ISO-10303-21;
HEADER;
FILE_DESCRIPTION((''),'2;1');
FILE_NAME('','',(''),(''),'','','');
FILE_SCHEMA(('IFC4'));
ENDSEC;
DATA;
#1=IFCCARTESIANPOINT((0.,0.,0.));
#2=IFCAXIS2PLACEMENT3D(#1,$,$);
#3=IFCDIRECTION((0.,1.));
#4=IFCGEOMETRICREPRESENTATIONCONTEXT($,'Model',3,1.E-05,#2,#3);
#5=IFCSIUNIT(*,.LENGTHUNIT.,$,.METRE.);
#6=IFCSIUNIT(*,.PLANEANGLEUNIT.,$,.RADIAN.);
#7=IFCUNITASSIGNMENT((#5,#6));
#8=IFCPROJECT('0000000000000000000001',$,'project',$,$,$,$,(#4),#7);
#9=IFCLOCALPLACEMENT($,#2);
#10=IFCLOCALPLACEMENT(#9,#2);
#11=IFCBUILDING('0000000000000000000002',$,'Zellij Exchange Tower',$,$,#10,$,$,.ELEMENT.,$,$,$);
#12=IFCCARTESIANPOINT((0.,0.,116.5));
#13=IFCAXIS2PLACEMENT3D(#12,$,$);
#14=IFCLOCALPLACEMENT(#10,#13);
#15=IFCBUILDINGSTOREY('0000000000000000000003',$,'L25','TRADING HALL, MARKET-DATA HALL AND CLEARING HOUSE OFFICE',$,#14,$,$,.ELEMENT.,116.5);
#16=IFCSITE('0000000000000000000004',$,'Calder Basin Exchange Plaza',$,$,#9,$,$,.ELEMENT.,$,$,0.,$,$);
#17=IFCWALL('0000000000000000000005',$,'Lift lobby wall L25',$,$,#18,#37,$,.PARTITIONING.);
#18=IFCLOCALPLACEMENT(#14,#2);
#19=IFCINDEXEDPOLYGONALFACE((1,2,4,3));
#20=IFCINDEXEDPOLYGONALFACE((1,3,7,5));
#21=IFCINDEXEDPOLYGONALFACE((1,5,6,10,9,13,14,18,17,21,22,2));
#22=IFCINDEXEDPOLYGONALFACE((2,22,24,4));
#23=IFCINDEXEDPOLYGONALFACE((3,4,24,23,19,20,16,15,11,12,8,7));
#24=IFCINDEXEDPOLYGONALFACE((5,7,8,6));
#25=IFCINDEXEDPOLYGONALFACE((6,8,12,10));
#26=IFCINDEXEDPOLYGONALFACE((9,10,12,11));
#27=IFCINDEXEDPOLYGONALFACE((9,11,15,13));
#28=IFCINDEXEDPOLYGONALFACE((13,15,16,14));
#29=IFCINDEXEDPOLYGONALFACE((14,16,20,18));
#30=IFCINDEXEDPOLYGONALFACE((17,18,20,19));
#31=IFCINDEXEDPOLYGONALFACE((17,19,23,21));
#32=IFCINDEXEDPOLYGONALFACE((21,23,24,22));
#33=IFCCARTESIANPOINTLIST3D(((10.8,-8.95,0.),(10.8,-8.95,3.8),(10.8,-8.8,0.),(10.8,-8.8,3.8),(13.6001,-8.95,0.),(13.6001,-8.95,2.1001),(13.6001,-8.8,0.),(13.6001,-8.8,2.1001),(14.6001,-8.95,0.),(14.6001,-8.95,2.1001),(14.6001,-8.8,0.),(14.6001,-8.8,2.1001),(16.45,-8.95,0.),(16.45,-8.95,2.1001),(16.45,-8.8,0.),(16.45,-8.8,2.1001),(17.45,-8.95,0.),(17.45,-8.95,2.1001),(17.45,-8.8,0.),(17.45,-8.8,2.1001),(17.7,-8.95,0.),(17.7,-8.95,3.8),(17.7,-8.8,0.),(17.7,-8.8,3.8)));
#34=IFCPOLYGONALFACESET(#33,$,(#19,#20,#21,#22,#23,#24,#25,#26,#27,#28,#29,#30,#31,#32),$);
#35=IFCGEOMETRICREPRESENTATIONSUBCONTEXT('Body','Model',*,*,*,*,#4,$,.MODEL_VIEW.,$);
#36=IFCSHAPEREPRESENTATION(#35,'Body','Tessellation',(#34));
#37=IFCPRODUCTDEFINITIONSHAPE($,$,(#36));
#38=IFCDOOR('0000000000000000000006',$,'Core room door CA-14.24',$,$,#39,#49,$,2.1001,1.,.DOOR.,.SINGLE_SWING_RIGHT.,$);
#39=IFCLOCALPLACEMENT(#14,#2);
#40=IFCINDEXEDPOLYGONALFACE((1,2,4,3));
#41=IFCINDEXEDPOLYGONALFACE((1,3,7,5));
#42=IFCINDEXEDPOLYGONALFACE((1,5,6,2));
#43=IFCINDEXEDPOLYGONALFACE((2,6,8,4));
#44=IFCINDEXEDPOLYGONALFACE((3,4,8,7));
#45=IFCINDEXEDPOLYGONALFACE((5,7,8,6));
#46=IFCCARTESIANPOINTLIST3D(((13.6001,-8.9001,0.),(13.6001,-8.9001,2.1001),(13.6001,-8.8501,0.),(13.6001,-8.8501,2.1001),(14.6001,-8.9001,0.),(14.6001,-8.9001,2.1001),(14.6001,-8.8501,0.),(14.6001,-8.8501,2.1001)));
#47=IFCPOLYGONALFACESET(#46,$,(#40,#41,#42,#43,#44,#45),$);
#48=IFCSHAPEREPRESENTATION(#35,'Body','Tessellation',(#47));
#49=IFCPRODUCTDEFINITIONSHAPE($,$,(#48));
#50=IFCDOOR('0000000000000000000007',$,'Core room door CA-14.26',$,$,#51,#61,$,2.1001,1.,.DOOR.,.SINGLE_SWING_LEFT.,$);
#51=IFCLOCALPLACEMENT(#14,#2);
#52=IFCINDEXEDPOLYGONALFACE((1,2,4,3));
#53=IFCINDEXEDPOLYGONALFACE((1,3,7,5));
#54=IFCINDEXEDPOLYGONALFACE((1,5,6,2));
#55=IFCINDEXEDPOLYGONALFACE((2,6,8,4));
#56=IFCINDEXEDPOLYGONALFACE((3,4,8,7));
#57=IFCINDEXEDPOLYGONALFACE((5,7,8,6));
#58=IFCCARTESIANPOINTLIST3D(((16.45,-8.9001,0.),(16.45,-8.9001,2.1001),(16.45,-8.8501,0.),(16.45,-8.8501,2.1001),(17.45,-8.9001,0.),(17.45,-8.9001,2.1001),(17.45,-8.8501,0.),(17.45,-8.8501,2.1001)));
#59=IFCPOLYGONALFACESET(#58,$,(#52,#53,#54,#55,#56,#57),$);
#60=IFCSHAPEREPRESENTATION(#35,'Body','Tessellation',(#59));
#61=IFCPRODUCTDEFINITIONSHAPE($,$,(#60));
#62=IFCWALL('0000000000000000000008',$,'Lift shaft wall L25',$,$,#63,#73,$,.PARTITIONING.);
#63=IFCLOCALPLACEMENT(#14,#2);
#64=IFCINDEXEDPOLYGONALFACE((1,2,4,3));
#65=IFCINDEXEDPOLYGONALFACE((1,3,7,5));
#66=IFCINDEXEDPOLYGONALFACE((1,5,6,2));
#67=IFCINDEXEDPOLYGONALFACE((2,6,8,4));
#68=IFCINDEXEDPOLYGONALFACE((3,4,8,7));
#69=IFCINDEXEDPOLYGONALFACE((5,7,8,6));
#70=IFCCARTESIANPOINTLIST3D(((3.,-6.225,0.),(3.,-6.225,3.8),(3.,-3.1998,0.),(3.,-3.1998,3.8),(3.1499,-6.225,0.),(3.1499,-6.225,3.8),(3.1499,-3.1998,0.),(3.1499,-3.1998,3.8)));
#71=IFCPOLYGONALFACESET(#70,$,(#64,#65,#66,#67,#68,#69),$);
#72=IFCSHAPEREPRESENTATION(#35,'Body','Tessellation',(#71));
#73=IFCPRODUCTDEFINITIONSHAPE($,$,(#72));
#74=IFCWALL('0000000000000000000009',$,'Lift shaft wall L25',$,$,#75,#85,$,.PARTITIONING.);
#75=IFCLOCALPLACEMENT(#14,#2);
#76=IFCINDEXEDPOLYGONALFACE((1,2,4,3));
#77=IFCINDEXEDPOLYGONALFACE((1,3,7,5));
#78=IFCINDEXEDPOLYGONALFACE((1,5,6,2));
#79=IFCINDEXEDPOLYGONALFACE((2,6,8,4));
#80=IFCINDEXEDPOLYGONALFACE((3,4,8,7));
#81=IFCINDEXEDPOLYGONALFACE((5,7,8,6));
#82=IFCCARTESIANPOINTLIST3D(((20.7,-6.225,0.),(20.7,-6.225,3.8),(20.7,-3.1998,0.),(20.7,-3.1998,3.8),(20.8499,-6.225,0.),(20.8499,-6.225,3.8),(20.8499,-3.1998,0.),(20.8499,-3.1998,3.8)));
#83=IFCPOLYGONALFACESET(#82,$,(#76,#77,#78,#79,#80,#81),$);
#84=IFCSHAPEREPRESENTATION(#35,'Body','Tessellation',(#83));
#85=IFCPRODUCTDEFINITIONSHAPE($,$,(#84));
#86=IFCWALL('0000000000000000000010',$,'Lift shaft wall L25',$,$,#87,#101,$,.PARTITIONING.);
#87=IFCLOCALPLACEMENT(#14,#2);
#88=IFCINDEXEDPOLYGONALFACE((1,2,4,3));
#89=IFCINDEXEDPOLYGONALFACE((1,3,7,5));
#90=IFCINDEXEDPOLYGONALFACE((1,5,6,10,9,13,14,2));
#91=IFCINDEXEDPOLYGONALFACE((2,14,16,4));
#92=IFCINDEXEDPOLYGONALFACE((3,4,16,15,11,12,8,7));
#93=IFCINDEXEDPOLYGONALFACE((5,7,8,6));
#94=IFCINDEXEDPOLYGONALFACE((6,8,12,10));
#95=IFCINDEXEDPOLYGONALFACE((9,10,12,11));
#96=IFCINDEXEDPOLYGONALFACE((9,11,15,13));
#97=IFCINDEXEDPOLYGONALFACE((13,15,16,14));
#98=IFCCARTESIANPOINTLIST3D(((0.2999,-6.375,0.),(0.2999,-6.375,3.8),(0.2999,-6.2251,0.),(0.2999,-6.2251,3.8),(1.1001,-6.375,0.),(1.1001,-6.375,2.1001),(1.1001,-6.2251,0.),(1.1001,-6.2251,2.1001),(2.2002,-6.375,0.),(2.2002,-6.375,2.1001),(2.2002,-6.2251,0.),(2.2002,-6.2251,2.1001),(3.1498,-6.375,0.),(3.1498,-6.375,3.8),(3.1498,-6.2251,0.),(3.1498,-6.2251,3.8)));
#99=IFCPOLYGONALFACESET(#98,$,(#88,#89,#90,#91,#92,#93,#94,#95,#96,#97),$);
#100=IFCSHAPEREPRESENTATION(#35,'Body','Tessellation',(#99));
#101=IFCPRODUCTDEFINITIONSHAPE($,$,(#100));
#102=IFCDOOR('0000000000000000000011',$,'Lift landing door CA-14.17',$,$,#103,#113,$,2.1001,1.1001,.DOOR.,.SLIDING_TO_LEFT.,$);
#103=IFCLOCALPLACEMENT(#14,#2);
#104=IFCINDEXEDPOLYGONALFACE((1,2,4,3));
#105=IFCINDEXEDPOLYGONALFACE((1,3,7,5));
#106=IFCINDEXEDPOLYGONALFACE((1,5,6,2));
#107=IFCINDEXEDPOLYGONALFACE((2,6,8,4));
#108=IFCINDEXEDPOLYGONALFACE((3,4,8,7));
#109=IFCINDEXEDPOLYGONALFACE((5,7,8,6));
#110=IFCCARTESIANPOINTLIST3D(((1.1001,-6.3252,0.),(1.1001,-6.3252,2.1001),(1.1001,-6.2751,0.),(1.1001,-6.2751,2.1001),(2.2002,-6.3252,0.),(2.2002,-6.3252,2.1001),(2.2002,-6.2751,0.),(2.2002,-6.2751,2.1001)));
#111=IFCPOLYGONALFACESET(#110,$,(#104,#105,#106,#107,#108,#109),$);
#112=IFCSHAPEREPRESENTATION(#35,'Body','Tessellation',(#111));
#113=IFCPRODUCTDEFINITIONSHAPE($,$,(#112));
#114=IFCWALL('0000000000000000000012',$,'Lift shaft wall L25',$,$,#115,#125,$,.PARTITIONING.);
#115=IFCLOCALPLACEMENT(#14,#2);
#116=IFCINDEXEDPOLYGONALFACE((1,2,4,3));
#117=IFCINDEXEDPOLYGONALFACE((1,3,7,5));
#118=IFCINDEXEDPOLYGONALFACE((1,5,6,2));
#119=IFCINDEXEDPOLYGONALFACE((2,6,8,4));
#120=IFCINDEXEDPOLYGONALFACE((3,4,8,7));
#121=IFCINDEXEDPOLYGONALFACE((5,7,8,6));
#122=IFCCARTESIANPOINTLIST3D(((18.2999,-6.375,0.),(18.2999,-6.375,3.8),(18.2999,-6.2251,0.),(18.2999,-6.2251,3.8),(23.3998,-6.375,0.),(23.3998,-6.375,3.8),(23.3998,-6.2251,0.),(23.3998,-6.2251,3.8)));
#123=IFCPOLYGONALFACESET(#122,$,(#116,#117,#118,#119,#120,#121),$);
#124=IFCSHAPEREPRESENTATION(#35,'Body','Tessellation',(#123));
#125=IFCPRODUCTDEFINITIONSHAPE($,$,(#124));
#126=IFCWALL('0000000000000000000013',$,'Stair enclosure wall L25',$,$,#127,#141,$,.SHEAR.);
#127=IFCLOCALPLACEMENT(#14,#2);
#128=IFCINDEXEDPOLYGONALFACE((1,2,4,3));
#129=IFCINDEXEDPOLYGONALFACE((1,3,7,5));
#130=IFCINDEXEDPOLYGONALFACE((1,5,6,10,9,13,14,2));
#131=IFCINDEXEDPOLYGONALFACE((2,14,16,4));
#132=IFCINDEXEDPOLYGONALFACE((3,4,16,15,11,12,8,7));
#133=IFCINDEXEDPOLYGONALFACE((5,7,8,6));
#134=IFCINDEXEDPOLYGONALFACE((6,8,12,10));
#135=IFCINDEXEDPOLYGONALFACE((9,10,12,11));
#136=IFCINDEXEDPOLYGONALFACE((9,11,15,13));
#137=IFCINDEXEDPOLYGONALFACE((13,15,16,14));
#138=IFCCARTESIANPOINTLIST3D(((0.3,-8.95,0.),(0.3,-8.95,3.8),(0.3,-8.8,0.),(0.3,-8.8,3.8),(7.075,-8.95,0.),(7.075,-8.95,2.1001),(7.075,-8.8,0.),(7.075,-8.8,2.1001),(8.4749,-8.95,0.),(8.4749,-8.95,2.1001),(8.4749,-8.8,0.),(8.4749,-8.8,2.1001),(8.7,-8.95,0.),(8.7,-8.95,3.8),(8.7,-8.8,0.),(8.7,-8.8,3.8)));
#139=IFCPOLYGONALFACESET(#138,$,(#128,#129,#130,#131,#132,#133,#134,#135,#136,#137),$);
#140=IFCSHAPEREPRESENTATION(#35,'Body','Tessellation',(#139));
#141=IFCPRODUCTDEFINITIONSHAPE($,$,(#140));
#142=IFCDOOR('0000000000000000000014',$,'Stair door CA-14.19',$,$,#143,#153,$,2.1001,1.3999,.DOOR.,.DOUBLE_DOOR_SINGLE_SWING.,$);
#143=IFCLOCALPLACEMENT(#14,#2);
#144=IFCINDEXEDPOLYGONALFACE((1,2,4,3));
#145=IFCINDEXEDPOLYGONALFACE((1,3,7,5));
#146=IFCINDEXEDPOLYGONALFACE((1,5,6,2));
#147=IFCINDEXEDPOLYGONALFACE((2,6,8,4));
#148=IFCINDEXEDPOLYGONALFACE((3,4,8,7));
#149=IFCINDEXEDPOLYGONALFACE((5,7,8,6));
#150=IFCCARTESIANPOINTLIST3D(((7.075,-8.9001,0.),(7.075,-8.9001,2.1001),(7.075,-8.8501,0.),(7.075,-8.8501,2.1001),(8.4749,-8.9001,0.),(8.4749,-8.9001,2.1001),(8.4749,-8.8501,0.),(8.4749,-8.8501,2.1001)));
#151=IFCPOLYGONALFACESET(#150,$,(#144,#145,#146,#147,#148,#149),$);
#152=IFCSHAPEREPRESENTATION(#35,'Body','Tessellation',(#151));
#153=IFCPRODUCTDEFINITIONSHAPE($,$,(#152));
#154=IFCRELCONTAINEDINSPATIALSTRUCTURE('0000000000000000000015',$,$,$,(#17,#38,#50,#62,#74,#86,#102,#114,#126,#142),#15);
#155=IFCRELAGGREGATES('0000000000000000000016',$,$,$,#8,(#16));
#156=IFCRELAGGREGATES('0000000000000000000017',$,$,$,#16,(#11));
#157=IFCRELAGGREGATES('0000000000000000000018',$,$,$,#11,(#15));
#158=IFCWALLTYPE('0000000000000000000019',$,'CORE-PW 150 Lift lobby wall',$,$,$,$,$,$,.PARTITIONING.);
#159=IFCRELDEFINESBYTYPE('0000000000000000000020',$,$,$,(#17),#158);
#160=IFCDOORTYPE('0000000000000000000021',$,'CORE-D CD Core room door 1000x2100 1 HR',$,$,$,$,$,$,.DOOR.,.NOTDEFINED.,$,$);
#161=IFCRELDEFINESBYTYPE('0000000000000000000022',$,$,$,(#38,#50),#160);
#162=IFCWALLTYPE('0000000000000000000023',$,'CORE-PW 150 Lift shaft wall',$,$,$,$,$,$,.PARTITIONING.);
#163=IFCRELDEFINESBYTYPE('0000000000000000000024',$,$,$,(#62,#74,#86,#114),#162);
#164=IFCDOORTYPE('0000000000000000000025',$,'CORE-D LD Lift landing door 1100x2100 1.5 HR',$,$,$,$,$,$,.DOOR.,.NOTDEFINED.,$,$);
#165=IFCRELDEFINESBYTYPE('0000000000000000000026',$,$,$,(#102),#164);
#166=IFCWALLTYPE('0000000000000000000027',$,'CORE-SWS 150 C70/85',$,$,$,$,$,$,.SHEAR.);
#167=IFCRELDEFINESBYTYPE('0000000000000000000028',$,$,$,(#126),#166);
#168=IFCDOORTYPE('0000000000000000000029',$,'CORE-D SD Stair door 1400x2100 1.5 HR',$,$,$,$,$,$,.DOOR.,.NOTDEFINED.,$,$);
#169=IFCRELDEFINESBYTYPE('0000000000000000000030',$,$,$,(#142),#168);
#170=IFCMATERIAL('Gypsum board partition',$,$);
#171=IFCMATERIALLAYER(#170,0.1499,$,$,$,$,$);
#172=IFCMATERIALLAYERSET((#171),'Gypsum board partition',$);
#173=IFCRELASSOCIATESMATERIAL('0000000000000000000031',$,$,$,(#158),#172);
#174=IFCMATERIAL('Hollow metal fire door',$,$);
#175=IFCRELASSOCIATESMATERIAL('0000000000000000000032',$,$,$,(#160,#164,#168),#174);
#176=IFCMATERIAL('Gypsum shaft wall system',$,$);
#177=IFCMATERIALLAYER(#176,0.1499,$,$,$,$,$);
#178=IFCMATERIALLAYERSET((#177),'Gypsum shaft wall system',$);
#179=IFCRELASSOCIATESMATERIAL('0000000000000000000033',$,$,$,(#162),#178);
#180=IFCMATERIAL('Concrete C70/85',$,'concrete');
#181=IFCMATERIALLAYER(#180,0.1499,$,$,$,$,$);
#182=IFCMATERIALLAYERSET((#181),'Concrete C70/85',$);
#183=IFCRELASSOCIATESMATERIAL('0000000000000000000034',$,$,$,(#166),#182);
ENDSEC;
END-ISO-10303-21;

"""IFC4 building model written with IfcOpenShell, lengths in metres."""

from ifc_helpers import new_model, si_unit, direction, frame, frame_2d, origin, place, context, subcontext, project, spatial, rectangle, extrude, material, layer, layer_set, type_object, element, fill, save


model = new_model("IFC4")

# Units and contexts
model_context = context("Model", 3, precision=1e-05, world=origin(), true_north=direction((0.0, 1.0)))
body_context = subcontext(model_context, "Body", "Model", "MODEL_VIEW")
ifc_project = project(units=[si_unit("LENGTHUNIT", "METRE"), si_unit("PLANEANGLEUNIT", "RADIAN")], contexts=[model_context])

# Site, building, storey
site_placement = place(None, origin())
site = spatial("IfcSite", under=ifc_project, at=site_placement, Name="Calder Basin Exchange Plaza", CompositionType="ELEMENT", RefElevation=0.0)
building_placement = place(site_placement, origin())
building = spatial("IfcBuilding", under=site, at=building_placement, Name="Zellij Exchange Tower", CompositionType="ELEMENT")
storey_placement = place(building_placement, frame((0.0, 0.0, 116.5)))
storey = spatial("IfcBuildingStorey", under=building, at=storey_placement, Name="L25", Description="TRADING HALL, MARKET-DATA HALL AND CLEARING HOUSE OFFICE", CompositionType="ELEMENT", Elevation=116.5)

# Shared definitions
ifc_material_1 = material(Name="Concrete C70/85", Category="concrete")

# Shared definitions
ifc_material_2 = material(Name="Gypsum shaft wall system")
ifc_material_3 = material(Name="Hollow metal fire door")

# Shared definitions
ifc_material_4 = material(Name="Gypsum board partition")
ifc_layer_1 = layer(ifc_material_4, 0.1499)
ifc_layer_set_1 = layer_set([ifc_layer_1], Name="Gypsum board partition")
wall_type_1 = type_object("IfcWallType", Name="CORE-PW 150 Lift lobby wall", PredefinedType="PARTITIONING", material=ifc_layer_set_1)

# Wall, openings, doors
door_type_1 = type_object("IfcDoorType", Name="CORE-D CD Core room door 1000x2100 1 HR", OperationType="NOTDEFINED", PredefinedType="DOOR", material=ifc_material_3)
wall_1_placement = place(storey_placement, frame((10.8, -8.875, 0.0), z_axis=(0.0, 0.0, 1.0), x_axis=(1.0, 0.0, 0.0)))
wall_1 = element("IfcWall", 1, at=wall_1_placement, inside=storey, type_object=wall_type_1, Name="Lift lobby wall L25", PredefinedType="PARTITIONING", context=body_context, shape_type="SweptSolid", body=[
    extrude(rectangle(XDim=6.8999, YDim=0.1499, at=frame_2d((3.45, 0.0))), origin(), (0.0, 0.0, 1.0), 3.8),
])
opening_1_placement = place(wall_1_placement, frame((2.8, 0.0, 0.0)))
opening_1 = element("IfcOpeningElement", 2, at=opening_1_placement, cuts=wall_1, PredefinedType="OPENING", context=body_context, shape_type="SweptSolid", body=[
    extrude(rectangle(XDim=1.0, YDim=2.1001, at=frame_2d((0.5, 1.05))), frame((0.0, 0.0869, 0.0), z_axis=(0.0, -1.0, 0.0), x_axis=(1.0, 0.0, 0.0)), (0.0, 0.0, 1.0), 0.1738),
])
opening_2_placement = place(wall_1_placement, frame((5.6499, 0.0, 0.0)))
opening_2 = element("IfcOpeningElement", 3, at=opening_2_placement, cuts=wall_1, PredefinedType="OPENING", context=body_context, shape_type="SweptSolid", body=[
    extrude(rectangle(XDim=1.0, YDim=2.1001, at=frame_2d((0.5, 1.05))), frame((0.0, 0.0869, 0.0), z_axis=(0.0, -1.0, 0.0), x_axis=(1.0, 0.0, 0.0)), (0.0, 0.0, 1.0), 0.1738),
])
door_1_placement = place(opening_1_placement, origin())
door_1 = element("IfcDoor", 4, at=door_1_placement, inside=storey, type_object=door_type_1, Name="Core room door CA-14.24", OperationType="SINGLE_SWING_RIGHT", OverallHeight=2.1001, OverallWidth=1.0, PredefinedType="DOOR", context=body_context, shape_type="SweptSolid", body=[
    extrude(rectangle(XDim=1.0, YDim=2.1001, at=frame_2d((0.5, 1.05))), frame((0.0, 0.0249, 0.0), z_axis=(0.0, -1.0, 0.0), x_axis=(1.0, 0.0, 0.0)), (0.0, 0.0, 1.0), 0.05),
])
fill(opening_1, door_1)
door_2_placement = place(opening_2_placement, origin())
door_2 = element("IfcDoor", 5, at=door_2_placement, inside=storey, type_object=door_type_1, Name="Core room door CA-14.26", OperationType="SINGLE_SWING_LEFT", OverallHeight=2.1001, OverallWidth=1.0, PredefinedType="DOOR", context=body_context, shape_type="SweptSolid", body=[
    extrude(rectangle(XDim=1.0, YDim=2.1001, at=frame_2d((0.5, 1.05))), frame((0.0, 0.0249, 0.0), z_axis=(0.0, -1.0, 0.0), x_axis=(1.0, 0.0, 0.0)), (0.0, 0.0, 1.0), 0.05),
])
fill(opening_2, door_2)

# Walls
ifc_layer_2 = layer(ifc_material_2, 0.1499)
ifc_layer_set_2 = layer_set([ifc_layer_2], Name="Gypsum shaft wall system")
wall_type_2 = type_object("IfcWallType", Name="CORE-PW 150 Lift shaft wall", PredefinedType="PARTITIONING", material=ifc_layer_set_2)
for number, where, z_axis, x_axis, name in (
    (6, (3.075, -6.2251, 0.0), (0.0, 0.0, 1.0), (0.0, 1.0, 0.0), "Lift shaft wall L25"),
    (7, (20.7749, -6.2251, 0.0), (0.0, 0.0, 1.0), (0.0, 1.0, 0.0), "Lift shaft wall L25"),
):
    element("IfcWall", number, at=place(storey_placement, frame(where, z_axis=z_axis, x_axis=x_axis)), inside=storey, type_object=wall_type_2, Name=name, PredefinedType="PARTITIONING", context=body_context, shape_type="SweptSolid", body=[
        extrude(rectangle(XDim=3.0251, YDim=0.1499, at=frame_2d((1.5127, 0.0))), origin(), (0.0, 0.0, 1.0), 3.8),
    ])

# Wall, opening, door
wall_2_placement = place(storey_placement, frame((0.3, -6.3, 0.0), z_axis=(0.0, 0.0, 1.0), x_axis=(1.0, 0.0, 0.0)))
wall_2 = element("IfcWall", 8, at=wall_2_placement, inside=storey, type_object=wall_type_2, Name="Lift shaft wall L25", PredefinedType="PARTITIONING", context=body_context, shape_type="SweptSolid", body=[
    extrude(rectangle(XDim=2.8499, YDim=0.1499, at=frame_2d((1.4248, 0.0))), origin(), (0.0, 0.0, 1.0), 3.8),
])
opening_3_placement = place(wall_2_placement, frame((0.8, 0.0, 0.0)))
opening_3 = element("IfcOpeningElement", 9, at=opening_3_placement, cuts=wall_2, PredefinedType="OPENING", context=body_context, shape_type="SweptSolid", body=[
    extrude(rectangle(XDim=1.1001, YDim=2.1001, at=frame_2d((0.55, 1.05))), frame((0.0, 0.0869, 0.0), z_axis=(0.0, -1.0, 0.0), x_axis=(1.0, 0.0, 0.0)), (0.0, 0.0, 1.0), 0.1738),
])
door_type_2 = type_object("IfcDoorType", Name="CORE-D LD Lift landing door 1100x2100 1.5 HR", OperationType="NOTDEFINED", PredefinedType="DOOR", material=ifc_material_3)
door_3_placement = place(opening_3_placement, origin())
door_3 = element("IfcDoor", 10, at=door_3_placement, inside=storey, type_object=door_type_2, Name="Lift landing door CA-14.17", OperationType="SLIDING_TO_LEFT", OverallHeight=2.1001, OverallWidth=1.1001, PredefinedType="DOOR", context=body_context, shape_type="SweptSolid", body=[
    extrude(rectangle(XDim=1.1001, YDim=2.1001, at=frame_2d((0.55, 1.05))), frame((0.0, 0.0249, 0.0), z_axis=(0.0, -1.0, 0.0), x_axis=(1.0, 0.0, 0.0)), (0.0, 0.0, 1.0), 0.05),
])
fill(opening_3, door_3)

# Wall
wall_3_placement = place(storey_placement, frame((18.3, -6.3, 0.0), z_axis=(0.0, 0.0, 1.0), x_axis=(1.0, 0.0, 0.0)))
element("IfcWall", 11, at=wall_3_placement, inside=storey, type_object=wall_type_2, Name="Lift shaft wall L25", PredefinedType="PARTITIONING", context=body_context, shape_type="SweptSolid", body=[
    extrude(rectangle(XDim=5.0999, YDim=0.1499, at=frame_2d((2.5498, 0.0))), origin(), (0.0, 0.0, 1.0), 3.8),
])

# Wall, opening, door
ifc_layer_3 = layer(ifc_material_1, 0.1499)
ifc_layer_set_3 = layer_set([ifc_layer_3], Name="Concrete C70/85")
wall_type_3 = type_object("IfcWallType", Name="CORE-SWS 150 C70/85", PredefinedType="SHEAR", material=ifc_layer_set_3)
wall_4_placement = place(storey_placement, frame((0.3, -8.875, 0.0), z_axis=(0.0, 0.0, 1.0), x_axis=(1.0, 0.0, 0.0)))
wall_4 = element("IfcWall", 12, at=wall_4_placement, inside=storey, type_object=wall_type_3, Name="Stair enclosure wall L25", PredefinedType="SHEAR", context=body_context, shape_type="SweptSolid", body=[
    extrude(rectangle(XDim=8.3999, YDim=0.1499, at=frame_2d((4.2, 0.0))), origin(), (0.0, 0.0, 1.0), 3.8),
])
opening_4_placement = place(wall_4_placement, frame((6.7749, 0.0, 0.0)))
opening_4 = element("IfcOpeningElement", 13, at=opening_4_placement, cuts=wall_4, PredefinedType="OPENING", context=body_context, shape_type="SweptSolid", body=[
    extrude(rectangle(XDim=1.3999, YDim=2.1001, at=frame_2d((0.7, 1.05))), frame((0.0, 0.0869, 0.0), z_axis=(0.0, -1.0, 0.0), x_axis=(1.0, 0.0, 0.0)), (0.0, 0.0, 1.0), 0.1738),
])
door_type_3 = type_object("IfcDoorType", Name="CORE-D SD Stair door 1400x2100 1.5 HR", OperationType="NOTDEFINED", PredefinedType="DOOR", material=ifc_material_3)
door_4_placement = place(opening_4_placement, origin())
door_4 = element("IfcDoor", 14, at=door_4_placement, inside=storey, type_object=door_type_3, Name="Stair door CA-14.19", OperationType="DOUBLE_DOOR_SINGLE_SWING", OverallHeight=2.1001, OverallWidth=1.3999, PredefinedType="DOOR", context=body_context, shape_type="SweptSolid", body=[
    extrude(rectangle(XDim=1.3999, YDim=2.1001, at=frame_2d((0.7, 1.05))), frame((0.0, 0.0249, 0.0), z_axis=(0.0, -1.0, 0.0), x_axis=(1.0, 0.0, 0.0)), (0.0, 0.0, 1.0), 0.05),
])
fill(opening_4, door_4)

save(model, "model.ifc")
